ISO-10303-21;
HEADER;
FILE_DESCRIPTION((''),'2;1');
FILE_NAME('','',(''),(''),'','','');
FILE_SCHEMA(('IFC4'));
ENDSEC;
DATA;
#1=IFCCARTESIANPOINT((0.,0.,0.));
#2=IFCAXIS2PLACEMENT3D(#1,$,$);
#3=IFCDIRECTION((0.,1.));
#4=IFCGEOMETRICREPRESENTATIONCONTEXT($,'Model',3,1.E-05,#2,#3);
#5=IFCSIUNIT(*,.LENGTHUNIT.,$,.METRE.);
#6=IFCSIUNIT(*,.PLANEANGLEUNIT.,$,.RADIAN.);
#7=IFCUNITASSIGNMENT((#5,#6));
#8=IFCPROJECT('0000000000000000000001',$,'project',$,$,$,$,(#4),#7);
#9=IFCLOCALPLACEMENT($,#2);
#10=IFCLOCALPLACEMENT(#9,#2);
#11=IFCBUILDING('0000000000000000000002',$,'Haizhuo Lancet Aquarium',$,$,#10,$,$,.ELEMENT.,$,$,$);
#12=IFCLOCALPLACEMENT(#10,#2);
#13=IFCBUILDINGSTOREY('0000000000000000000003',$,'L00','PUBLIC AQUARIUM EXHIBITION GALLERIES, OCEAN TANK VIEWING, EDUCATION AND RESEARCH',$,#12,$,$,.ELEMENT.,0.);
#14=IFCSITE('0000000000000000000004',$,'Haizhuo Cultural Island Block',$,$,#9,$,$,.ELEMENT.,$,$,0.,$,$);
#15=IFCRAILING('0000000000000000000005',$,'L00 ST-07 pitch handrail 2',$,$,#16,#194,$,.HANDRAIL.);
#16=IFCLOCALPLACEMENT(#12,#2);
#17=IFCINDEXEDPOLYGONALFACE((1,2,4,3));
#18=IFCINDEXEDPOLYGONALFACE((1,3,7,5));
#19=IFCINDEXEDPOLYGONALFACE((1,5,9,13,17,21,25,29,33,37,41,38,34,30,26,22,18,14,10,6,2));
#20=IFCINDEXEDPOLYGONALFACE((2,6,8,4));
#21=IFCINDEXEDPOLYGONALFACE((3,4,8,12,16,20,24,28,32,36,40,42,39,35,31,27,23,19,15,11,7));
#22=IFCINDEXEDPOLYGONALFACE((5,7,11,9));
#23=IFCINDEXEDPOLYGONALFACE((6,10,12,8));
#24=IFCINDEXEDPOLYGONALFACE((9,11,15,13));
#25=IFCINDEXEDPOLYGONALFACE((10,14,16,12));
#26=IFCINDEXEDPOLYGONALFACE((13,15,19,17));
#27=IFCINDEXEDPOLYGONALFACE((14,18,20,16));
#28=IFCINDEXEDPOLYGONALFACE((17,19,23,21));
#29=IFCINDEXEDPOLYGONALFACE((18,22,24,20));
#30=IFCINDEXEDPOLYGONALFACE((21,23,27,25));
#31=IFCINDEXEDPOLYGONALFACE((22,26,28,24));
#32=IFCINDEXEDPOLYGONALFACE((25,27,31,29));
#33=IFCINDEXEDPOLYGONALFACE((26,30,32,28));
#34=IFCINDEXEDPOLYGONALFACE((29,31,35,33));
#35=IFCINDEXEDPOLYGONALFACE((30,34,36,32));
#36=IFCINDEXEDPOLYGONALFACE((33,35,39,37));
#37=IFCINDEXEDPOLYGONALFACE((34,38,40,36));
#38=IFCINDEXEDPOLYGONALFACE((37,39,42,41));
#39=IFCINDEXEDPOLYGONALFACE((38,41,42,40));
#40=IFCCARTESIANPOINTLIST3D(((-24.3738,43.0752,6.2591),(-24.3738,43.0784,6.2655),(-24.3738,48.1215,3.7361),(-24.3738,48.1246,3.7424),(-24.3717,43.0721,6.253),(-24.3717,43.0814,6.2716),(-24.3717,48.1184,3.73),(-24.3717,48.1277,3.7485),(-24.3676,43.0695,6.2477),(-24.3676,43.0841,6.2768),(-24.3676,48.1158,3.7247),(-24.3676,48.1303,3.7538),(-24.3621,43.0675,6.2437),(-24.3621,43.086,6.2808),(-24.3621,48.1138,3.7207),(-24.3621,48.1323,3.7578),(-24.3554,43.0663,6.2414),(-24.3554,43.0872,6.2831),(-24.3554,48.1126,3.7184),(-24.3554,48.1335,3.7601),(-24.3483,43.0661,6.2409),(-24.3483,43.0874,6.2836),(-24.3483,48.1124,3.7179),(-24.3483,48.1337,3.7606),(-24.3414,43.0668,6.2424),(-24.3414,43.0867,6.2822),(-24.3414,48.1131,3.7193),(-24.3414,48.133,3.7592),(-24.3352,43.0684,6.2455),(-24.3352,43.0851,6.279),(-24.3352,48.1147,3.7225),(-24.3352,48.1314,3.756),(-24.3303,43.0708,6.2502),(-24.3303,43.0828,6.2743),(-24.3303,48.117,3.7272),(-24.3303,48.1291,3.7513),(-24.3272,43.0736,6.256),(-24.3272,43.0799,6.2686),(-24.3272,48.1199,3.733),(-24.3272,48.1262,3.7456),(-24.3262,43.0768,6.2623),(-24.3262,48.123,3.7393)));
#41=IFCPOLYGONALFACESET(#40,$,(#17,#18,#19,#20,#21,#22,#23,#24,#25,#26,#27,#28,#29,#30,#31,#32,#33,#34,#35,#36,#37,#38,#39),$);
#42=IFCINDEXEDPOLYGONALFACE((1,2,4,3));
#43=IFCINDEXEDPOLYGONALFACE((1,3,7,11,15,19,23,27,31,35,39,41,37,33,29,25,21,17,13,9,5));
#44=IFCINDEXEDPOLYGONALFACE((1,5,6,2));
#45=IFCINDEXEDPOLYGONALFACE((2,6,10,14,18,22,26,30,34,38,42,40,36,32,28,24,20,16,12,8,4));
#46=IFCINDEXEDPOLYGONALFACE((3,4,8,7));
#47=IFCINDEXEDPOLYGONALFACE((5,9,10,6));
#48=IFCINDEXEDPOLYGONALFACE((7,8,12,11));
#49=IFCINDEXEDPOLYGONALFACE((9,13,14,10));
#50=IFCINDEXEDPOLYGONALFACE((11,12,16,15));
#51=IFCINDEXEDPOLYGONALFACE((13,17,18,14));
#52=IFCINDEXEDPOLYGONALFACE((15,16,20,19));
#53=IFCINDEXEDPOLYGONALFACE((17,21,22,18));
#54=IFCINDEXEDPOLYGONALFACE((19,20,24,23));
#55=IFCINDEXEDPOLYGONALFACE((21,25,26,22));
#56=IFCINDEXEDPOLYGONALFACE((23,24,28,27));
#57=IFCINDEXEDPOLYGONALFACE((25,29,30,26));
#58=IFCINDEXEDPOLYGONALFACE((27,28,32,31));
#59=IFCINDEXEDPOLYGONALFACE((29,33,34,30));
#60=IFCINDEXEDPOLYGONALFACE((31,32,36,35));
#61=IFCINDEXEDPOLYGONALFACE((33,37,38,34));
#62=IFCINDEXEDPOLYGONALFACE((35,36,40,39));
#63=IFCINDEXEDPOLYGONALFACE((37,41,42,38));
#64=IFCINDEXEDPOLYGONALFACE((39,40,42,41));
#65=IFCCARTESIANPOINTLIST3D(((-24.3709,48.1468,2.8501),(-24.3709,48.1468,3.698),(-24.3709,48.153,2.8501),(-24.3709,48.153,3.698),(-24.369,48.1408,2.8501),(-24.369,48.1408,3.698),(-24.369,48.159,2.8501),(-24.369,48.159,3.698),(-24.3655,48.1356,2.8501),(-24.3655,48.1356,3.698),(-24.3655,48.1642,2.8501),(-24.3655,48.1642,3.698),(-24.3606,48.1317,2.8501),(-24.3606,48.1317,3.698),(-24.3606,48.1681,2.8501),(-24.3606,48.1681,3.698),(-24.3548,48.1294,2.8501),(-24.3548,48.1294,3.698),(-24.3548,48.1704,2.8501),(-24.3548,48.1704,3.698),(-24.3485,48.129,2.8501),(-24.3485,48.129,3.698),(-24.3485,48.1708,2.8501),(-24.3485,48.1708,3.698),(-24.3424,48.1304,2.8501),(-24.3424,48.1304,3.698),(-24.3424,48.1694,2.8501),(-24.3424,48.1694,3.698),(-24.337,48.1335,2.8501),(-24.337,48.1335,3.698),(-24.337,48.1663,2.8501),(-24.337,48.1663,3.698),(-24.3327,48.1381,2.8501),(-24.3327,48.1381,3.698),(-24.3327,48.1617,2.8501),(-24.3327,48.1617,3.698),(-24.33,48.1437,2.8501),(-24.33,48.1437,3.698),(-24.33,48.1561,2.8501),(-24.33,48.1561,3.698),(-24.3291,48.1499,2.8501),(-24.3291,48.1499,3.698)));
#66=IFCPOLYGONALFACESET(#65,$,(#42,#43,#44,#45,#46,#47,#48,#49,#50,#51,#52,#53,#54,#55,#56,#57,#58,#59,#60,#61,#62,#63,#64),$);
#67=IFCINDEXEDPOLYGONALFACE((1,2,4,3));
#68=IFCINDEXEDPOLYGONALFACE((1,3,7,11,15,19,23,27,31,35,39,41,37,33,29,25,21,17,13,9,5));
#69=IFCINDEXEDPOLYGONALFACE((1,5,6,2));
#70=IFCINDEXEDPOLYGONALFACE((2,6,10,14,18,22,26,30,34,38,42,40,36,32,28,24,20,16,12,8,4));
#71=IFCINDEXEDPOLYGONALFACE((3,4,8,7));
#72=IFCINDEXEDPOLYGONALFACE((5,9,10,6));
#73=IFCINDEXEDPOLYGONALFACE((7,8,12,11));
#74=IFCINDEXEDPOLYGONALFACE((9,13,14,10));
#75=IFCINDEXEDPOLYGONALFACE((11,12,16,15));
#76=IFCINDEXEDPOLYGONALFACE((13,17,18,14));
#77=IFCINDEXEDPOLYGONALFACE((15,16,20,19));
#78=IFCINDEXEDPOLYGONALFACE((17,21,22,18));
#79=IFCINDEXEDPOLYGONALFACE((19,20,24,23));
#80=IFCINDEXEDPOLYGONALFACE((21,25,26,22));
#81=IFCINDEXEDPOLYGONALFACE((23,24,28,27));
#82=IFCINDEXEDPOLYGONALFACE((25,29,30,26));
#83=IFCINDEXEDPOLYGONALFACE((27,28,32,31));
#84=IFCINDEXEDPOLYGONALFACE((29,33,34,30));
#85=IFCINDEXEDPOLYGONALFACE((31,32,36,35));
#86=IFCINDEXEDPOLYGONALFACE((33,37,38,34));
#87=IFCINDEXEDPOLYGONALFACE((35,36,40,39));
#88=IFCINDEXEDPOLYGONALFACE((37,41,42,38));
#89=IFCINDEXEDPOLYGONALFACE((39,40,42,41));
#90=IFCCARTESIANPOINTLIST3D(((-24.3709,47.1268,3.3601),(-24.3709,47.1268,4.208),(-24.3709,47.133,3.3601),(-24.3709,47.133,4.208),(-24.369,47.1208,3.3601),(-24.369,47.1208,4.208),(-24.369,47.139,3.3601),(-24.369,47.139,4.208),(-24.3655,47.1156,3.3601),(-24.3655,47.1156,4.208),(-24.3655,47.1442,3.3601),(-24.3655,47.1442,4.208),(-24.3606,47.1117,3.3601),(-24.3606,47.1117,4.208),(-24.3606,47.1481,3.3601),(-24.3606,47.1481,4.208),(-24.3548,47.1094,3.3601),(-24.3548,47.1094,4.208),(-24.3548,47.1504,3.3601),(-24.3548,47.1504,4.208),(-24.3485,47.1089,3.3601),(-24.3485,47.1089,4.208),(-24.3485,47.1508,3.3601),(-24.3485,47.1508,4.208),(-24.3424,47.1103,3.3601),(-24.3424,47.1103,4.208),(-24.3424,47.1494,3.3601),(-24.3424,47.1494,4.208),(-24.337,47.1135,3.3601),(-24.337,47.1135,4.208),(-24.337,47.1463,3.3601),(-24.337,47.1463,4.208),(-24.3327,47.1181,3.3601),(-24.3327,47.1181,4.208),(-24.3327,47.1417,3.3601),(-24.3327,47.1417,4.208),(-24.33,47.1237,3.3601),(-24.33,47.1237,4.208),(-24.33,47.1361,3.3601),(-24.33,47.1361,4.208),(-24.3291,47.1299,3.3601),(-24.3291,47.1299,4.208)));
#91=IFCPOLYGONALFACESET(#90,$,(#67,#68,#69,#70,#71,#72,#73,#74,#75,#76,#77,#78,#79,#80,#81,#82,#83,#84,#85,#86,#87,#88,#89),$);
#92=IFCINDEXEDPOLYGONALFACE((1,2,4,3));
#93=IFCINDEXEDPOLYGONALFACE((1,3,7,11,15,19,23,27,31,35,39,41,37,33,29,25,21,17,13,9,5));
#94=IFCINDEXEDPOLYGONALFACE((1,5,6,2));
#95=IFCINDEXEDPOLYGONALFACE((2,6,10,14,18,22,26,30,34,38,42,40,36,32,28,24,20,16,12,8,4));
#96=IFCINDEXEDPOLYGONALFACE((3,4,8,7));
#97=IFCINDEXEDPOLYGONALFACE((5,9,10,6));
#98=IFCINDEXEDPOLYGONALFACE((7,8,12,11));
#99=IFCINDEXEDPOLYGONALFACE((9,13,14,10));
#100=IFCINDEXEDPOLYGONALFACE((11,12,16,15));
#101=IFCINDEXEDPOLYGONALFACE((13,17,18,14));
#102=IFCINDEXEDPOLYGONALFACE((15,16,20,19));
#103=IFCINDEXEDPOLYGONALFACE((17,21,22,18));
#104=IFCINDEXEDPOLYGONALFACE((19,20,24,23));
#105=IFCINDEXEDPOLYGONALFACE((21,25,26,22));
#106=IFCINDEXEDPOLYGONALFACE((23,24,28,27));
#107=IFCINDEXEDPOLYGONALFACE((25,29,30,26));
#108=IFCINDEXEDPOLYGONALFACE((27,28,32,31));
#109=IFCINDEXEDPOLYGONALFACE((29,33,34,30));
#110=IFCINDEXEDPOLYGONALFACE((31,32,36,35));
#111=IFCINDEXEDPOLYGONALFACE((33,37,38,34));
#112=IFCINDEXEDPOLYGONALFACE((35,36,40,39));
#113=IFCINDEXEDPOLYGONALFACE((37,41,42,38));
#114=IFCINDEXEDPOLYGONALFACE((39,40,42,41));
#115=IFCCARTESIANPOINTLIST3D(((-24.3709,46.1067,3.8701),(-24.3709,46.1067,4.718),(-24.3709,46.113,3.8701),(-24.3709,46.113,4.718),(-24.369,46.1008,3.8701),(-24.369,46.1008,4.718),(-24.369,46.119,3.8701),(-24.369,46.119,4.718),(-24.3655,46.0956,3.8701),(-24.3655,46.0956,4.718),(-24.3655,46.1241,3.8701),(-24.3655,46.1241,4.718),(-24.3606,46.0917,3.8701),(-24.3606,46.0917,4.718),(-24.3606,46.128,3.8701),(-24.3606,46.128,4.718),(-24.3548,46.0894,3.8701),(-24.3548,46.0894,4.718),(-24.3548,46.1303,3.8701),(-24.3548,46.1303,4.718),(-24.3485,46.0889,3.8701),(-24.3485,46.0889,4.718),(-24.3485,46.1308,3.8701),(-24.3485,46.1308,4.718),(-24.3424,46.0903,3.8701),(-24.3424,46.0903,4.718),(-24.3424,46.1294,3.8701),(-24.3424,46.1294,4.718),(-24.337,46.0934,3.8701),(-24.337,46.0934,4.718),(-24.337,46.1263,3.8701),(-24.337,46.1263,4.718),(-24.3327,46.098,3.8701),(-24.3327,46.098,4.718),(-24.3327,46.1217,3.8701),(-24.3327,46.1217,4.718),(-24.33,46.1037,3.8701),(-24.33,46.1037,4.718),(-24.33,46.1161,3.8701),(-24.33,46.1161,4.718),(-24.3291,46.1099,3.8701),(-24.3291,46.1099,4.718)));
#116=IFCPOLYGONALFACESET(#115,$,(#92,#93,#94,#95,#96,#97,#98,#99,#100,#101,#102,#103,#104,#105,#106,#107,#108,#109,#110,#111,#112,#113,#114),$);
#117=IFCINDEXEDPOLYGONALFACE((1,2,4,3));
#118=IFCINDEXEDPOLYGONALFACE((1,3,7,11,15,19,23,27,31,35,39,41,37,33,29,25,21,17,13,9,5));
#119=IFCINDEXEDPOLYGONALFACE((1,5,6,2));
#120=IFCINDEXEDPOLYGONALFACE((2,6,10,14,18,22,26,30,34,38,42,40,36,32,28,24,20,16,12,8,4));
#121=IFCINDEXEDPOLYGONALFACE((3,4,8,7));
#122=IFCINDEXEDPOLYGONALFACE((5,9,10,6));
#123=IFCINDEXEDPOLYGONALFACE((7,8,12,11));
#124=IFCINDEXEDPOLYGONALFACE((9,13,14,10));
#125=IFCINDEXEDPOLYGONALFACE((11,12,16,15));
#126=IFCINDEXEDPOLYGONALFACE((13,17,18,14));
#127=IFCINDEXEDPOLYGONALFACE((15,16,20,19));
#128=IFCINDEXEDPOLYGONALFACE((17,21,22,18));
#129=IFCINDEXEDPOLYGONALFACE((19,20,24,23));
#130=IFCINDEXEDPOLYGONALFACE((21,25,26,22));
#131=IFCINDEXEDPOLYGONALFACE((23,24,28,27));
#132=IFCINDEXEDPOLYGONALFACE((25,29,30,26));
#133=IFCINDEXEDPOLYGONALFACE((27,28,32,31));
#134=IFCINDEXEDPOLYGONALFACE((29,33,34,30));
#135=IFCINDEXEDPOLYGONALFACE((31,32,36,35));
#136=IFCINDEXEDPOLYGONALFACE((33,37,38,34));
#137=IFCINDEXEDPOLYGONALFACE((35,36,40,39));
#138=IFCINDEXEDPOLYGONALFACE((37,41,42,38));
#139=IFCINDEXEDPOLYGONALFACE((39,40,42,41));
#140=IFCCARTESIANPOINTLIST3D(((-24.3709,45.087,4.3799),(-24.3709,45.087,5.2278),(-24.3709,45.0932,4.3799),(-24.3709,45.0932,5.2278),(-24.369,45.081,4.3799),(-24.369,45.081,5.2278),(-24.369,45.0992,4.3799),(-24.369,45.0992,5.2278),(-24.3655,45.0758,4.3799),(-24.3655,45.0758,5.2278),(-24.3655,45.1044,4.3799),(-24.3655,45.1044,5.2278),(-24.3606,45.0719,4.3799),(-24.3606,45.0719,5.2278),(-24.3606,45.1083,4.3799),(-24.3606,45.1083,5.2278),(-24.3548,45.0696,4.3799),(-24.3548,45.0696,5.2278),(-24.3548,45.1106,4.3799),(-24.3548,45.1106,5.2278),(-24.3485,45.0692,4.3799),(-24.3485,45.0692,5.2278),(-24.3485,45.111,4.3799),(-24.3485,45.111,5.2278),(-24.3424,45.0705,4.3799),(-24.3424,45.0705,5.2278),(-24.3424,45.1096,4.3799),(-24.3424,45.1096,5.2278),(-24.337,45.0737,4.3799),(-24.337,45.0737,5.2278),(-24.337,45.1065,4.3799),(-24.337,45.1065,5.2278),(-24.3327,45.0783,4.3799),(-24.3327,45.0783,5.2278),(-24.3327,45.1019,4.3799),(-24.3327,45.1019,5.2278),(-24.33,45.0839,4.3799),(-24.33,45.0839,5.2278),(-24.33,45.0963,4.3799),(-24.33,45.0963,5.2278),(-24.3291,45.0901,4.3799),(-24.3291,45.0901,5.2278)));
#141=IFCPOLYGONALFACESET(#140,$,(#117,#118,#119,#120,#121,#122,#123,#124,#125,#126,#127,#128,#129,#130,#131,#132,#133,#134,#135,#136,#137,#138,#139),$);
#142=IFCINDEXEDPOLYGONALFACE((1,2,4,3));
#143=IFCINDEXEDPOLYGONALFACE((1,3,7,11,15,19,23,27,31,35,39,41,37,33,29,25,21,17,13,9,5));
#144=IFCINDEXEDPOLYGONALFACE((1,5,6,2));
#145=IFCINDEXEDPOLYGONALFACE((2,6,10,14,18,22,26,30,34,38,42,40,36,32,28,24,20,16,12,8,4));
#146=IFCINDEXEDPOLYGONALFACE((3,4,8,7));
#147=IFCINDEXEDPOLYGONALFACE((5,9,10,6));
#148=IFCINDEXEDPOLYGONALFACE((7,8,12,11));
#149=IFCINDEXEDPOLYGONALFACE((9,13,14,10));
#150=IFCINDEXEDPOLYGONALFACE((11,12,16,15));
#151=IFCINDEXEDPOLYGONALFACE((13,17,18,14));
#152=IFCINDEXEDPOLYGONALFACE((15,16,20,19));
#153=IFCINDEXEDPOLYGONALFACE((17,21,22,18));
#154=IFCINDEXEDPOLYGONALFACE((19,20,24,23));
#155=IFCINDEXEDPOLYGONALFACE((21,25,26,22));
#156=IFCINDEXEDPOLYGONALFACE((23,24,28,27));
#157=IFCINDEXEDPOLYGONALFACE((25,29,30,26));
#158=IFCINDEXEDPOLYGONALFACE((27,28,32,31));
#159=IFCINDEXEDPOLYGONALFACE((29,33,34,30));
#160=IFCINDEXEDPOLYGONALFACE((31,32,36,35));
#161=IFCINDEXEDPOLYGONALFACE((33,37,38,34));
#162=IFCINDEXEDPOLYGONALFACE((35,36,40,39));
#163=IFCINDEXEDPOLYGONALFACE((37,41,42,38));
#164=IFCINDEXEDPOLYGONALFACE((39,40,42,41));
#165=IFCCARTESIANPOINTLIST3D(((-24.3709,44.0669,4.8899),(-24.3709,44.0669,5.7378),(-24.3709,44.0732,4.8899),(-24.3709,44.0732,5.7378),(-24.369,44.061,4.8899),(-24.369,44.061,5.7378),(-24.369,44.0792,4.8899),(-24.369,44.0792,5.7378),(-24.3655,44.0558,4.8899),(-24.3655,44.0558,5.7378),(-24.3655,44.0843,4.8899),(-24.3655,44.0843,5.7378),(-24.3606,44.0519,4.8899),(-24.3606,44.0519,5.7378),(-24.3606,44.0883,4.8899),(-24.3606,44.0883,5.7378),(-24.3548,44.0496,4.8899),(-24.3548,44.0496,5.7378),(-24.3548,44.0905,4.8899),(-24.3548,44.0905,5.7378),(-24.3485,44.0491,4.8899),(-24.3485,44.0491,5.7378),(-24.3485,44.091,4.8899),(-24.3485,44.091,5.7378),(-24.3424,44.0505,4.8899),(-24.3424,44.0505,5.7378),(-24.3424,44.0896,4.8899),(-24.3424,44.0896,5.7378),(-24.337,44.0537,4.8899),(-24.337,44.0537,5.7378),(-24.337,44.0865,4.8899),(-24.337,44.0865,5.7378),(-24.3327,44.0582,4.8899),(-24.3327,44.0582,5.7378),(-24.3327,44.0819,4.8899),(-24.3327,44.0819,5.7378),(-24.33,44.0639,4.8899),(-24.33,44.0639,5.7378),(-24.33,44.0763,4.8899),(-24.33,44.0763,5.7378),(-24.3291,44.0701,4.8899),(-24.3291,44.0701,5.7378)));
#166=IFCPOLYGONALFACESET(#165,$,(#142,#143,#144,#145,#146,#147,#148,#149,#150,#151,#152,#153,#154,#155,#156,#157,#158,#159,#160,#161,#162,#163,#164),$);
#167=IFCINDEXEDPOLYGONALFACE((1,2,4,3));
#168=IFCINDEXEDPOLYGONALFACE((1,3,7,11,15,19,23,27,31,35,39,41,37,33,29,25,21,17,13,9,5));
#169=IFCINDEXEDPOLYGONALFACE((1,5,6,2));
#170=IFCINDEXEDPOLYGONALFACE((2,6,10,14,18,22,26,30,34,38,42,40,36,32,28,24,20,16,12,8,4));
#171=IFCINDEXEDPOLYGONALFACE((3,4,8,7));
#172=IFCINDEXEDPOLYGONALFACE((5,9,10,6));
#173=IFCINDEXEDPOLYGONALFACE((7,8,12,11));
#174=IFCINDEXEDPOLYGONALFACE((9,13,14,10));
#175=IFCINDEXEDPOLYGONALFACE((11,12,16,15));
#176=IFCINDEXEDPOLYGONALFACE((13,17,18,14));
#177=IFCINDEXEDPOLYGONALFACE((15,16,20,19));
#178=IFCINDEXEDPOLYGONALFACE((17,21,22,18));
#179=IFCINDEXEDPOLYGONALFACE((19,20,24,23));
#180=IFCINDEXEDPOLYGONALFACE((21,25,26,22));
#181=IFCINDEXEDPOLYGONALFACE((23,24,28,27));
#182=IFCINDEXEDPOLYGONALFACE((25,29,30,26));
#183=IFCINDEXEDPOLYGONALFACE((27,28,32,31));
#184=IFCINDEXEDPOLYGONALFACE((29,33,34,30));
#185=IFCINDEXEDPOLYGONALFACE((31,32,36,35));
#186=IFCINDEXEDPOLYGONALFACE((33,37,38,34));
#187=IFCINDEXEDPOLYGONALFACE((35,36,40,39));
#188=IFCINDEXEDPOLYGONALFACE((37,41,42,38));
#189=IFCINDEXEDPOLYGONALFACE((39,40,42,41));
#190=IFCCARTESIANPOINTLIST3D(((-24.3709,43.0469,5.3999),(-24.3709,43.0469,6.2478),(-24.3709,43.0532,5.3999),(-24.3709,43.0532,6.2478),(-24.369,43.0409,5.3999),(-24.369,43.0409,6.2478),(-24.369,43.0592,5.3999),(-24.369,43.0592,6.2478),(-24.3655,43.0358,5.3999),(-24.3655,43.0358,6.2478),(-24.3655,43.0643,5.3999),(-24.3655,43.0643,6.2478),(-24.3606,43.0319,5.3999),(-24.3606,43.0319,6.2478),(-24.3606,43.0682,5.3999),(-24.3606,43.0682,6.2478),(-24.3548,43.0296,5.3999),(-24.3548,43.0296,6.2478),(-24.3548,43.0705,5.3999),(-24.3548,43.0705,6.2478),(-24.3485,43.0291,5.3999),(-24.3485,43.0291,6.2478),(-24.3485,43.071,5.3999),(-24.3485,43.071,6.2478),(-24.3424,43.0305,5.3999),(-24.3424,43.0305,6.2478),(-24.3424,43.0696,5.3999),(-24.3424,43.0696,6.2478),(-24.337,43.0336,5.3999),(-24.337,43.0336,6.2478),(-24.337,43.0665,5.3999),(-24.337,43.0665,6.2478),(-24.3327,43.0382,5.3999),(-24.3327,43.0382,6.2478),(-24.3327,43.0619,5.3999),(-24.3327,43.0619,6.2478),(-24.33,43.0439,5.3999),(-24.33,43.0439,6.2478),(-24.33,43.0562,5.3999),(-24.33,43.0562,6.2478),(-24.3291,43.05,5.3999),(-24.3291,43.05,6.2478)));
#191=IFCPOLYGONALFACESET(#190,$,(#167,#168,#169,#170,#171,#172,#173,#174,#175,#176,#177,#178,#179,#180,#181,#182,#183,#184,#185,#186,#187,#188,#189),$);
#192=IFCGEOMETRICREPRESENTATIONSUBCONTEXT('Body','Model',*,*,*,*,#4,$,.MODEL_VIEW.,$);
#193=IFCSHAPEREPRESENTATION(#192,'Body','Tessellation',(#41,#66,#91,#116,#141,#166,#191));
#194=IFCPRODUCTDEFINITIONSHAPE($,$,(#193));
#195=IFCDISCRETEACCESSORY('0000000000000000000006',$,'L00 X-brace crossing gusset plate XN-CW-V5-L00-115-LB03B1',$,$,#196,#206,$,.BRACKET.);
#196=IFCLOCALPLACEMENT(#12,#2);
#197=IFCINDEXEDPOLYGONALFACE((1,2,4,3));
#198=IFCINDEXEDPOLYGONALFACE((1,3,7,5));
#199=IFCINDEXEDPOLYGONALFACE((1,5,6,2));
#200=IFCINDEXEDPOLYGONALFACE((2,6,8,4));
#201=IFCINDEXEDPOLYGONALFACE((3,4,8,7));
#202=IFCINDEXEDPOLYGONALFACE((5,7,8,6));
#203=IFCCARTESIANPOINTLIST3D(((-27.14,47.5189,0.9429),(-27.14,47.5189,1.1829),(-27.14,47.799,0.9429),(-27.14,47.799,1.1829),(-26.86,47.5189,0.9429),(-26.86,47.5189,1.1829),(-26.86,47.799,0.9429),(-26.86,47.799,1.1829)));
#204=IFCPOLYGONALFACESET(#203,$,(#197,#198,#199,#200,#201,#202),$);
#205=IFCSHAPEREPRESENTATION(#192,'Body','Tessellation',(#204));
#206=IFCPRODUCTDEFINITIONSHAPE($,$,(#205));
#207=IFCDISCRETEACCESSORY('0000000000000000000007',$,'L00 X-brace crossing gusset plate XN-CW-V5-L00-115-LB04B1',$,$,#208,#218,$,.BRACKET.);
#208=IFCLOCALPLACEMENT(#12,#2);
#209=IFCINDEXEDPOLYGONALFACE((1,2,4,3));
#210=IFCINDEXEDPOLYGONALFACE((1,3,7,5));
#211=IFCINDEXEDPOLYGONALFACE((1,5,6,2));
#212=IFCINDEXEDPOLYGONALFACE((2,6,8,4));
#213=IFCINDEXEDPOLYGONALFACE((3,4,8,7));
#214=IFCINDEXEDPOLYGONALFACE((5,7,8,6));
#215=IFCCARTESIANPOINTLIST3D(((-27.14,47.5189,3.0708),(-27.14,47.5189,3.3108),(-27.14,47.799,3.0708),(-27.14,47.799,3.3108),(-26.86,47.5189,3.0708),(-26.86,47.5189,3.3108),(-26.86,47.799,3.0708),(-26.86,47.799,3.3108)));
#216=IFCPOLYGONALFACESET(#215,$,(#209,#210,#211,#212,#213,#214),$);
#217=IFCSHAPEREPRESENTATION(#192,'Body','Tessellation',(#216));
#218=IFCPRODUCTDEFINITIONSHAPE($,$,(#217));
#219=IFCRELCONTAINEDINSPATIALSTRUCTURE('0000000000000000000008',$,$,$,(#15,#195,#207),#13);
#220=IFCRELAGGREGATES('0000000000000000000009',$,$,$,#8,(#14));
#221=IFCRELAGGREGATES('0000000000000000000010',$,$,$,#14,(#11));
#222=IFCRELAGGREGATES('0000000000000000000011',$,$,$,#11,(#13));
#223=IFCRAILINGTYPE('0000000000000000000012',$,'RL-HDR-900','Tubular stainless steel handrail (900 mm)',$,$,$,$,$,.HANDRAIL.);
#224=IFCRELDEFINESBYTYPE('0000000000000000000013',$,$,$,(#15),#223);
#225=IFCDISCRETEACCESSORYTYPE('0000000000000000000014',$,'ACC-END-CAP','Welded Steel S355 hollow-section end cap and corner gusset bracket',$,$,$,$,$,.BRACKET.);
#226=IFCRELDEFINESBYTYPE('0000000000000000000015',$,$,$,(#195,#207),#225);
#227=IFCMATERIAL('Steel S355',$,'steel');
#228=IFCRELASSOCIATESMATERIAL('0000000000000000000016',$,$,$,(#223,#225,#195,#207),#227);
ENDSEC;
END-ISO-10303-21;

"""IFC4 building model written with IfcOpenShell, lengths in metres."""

from ifc_helpers import new_model, si_unit, direction, frame, origin, origin_2d, place, context, subcontext, project, spatial, rectangle, circle, extrude, material, type_object, element, save


model = new_model("IFC4")

# Units and contexts
model_context = context("Model", 3, precision=1e-05, world=origin(), true_north=direction((0.0, 1.0)))
body_context = subcontext(model_context, "Body", "Model", "MODEL_VIEW")
ifc_project = project(units=[si_unit("LENGTHUNIT", "METRE"), si_unit("PLANEANGLEUNIT", "RADIAN")], contexts=[model_context])

# Site, building, storey
site_placement = place(None, origin())
site = spatial("IfcSite", under=ifc_project, at=site_placement, Name="Haizhuo Cultural Island Block", CompositionType="ELEMENT", RefElevation=0.0)
building_placement = place(site_placement, origin())
building = spatial("IfcBuilding", under=site, at=building_placement, Name="Haizhuo Lancet Aquarium", CompositionType="ELEMENT")
storey_placement = place(building_placement, origin())
storey = spatial("IfcBuildingStorey", under=building, at=storey_placement, Name="L00", Description="PUBLIC AQUARIUM EXHIBITION GALLERIES, OCEAN TANK VIEWING, EDUCATION AND RESEARCH", CompositionType="ELEMENT", Elevation=0.0)

# Shared definitions
ifc_material_1 = material(Name="Steel S355", Category="steel")

# Railing
railing_type_1 = type_object("IfcRailingType", Name="RL-HDR-900", Description="Tubular stainless steel handrail (900 mm)", PredefinedType="HANDRAIL", material=ifc_material_1)
railing_1_placement = place(storey_placement, frame((-24.3501, 48.1499, 2.8501)))
element("IfcRailing", 1, at=railing_1_placement, inside=storey, type_object=railing_type_1, Name="L00 ST-07 pitch handrail 2", PredefinedType="HANDRAIL", context=body_context, shape_type="SweptSolid", body=[
    extrude(circle(Radius=0.0239, at=origin_2d()), frame((0.0, -0.0269, 0.8892), z_axis=(0.0, -0.894436, 0.447196), x_axis=(1.0, 0.0, 0.0)), (0.0, 0.0, 1.0), 5.6418),
    extrude(circle(Radius=0.021, at=origin_2d()), origin(), (0.0, 0.0, 1.0), 0.8479),
    extrude(circle(Radius=0.021, at=origin_2d()), frame((0.0, -1.02, 0.51)), (0.0, 0.0, 1.0), 0.8479),
    extrude(circle(Radius=0.021, at=origin_2d()), frame((0.0, -2.04, 1.02)), (0.0, 0.0, 1.0), 0.8479),
    extrude(circle(Radius=0.021, at=origin_2d()), frame((0.0, -3.0598, 1.5298)), (0.0, 0.0, 1.0), 0.8479),
    extrude(circle(Radius=0.021, at=origin_2d()), frame((0.0, -4.0798, 2.0398)), (0.0, 0.0, 1.0), 0.8479),
    extrude(circle(Radius=0.021, at=origin_2d()), frame((0.0, -5.0999, 2.5498)), (0.0, 0.0, 1.0), 0.8479),
])

# Discrete accessories
discrete_accessory_type = type_object("IfcDiscreteAccessoryType", Name="ACC-END-CAP", Description="Welded Steel S355 hollow-section end cap and corner gusset bracket", PredefinedType="BRACKET", material=ifc_material_1)
for number, where, z_axis, x_axis, name in (
    (2, (-27.0, 47.6589, 0.9429), (0.0, 0.0, 1.0), (1.0, 0.0, 0.0), "L00 X-brace crossing gusset plate XN-CW-V5-L00-115-LB03B1"),
    (3, (-27.0, 47.6589, 3.0708), (0.0, 0.0, 1.0), (1.0, 0.0, 0.0), "L00 X-brace crossing gusset plate XN-CW-V5-L00-115-LB04B1"),
):
    element("IfcDiscreteAccessory", number, at=place(storey_placement, frame(where, z_axis=z_axis, x_axis=x_axis)), inside=storey, type_object=discrete_accessory_type, material=ifc_material_1, Name=name, PredefinedType="BRACKET", context=body_context, shape_type="SweptSolid", body=[
        extrude(rectangle(XDim=0.28, YDim=0.28, at=origin_2d()), origin(), (0.0, 0.0, 1.0), 0.24),
    ])

save(model, "model.ifc")
